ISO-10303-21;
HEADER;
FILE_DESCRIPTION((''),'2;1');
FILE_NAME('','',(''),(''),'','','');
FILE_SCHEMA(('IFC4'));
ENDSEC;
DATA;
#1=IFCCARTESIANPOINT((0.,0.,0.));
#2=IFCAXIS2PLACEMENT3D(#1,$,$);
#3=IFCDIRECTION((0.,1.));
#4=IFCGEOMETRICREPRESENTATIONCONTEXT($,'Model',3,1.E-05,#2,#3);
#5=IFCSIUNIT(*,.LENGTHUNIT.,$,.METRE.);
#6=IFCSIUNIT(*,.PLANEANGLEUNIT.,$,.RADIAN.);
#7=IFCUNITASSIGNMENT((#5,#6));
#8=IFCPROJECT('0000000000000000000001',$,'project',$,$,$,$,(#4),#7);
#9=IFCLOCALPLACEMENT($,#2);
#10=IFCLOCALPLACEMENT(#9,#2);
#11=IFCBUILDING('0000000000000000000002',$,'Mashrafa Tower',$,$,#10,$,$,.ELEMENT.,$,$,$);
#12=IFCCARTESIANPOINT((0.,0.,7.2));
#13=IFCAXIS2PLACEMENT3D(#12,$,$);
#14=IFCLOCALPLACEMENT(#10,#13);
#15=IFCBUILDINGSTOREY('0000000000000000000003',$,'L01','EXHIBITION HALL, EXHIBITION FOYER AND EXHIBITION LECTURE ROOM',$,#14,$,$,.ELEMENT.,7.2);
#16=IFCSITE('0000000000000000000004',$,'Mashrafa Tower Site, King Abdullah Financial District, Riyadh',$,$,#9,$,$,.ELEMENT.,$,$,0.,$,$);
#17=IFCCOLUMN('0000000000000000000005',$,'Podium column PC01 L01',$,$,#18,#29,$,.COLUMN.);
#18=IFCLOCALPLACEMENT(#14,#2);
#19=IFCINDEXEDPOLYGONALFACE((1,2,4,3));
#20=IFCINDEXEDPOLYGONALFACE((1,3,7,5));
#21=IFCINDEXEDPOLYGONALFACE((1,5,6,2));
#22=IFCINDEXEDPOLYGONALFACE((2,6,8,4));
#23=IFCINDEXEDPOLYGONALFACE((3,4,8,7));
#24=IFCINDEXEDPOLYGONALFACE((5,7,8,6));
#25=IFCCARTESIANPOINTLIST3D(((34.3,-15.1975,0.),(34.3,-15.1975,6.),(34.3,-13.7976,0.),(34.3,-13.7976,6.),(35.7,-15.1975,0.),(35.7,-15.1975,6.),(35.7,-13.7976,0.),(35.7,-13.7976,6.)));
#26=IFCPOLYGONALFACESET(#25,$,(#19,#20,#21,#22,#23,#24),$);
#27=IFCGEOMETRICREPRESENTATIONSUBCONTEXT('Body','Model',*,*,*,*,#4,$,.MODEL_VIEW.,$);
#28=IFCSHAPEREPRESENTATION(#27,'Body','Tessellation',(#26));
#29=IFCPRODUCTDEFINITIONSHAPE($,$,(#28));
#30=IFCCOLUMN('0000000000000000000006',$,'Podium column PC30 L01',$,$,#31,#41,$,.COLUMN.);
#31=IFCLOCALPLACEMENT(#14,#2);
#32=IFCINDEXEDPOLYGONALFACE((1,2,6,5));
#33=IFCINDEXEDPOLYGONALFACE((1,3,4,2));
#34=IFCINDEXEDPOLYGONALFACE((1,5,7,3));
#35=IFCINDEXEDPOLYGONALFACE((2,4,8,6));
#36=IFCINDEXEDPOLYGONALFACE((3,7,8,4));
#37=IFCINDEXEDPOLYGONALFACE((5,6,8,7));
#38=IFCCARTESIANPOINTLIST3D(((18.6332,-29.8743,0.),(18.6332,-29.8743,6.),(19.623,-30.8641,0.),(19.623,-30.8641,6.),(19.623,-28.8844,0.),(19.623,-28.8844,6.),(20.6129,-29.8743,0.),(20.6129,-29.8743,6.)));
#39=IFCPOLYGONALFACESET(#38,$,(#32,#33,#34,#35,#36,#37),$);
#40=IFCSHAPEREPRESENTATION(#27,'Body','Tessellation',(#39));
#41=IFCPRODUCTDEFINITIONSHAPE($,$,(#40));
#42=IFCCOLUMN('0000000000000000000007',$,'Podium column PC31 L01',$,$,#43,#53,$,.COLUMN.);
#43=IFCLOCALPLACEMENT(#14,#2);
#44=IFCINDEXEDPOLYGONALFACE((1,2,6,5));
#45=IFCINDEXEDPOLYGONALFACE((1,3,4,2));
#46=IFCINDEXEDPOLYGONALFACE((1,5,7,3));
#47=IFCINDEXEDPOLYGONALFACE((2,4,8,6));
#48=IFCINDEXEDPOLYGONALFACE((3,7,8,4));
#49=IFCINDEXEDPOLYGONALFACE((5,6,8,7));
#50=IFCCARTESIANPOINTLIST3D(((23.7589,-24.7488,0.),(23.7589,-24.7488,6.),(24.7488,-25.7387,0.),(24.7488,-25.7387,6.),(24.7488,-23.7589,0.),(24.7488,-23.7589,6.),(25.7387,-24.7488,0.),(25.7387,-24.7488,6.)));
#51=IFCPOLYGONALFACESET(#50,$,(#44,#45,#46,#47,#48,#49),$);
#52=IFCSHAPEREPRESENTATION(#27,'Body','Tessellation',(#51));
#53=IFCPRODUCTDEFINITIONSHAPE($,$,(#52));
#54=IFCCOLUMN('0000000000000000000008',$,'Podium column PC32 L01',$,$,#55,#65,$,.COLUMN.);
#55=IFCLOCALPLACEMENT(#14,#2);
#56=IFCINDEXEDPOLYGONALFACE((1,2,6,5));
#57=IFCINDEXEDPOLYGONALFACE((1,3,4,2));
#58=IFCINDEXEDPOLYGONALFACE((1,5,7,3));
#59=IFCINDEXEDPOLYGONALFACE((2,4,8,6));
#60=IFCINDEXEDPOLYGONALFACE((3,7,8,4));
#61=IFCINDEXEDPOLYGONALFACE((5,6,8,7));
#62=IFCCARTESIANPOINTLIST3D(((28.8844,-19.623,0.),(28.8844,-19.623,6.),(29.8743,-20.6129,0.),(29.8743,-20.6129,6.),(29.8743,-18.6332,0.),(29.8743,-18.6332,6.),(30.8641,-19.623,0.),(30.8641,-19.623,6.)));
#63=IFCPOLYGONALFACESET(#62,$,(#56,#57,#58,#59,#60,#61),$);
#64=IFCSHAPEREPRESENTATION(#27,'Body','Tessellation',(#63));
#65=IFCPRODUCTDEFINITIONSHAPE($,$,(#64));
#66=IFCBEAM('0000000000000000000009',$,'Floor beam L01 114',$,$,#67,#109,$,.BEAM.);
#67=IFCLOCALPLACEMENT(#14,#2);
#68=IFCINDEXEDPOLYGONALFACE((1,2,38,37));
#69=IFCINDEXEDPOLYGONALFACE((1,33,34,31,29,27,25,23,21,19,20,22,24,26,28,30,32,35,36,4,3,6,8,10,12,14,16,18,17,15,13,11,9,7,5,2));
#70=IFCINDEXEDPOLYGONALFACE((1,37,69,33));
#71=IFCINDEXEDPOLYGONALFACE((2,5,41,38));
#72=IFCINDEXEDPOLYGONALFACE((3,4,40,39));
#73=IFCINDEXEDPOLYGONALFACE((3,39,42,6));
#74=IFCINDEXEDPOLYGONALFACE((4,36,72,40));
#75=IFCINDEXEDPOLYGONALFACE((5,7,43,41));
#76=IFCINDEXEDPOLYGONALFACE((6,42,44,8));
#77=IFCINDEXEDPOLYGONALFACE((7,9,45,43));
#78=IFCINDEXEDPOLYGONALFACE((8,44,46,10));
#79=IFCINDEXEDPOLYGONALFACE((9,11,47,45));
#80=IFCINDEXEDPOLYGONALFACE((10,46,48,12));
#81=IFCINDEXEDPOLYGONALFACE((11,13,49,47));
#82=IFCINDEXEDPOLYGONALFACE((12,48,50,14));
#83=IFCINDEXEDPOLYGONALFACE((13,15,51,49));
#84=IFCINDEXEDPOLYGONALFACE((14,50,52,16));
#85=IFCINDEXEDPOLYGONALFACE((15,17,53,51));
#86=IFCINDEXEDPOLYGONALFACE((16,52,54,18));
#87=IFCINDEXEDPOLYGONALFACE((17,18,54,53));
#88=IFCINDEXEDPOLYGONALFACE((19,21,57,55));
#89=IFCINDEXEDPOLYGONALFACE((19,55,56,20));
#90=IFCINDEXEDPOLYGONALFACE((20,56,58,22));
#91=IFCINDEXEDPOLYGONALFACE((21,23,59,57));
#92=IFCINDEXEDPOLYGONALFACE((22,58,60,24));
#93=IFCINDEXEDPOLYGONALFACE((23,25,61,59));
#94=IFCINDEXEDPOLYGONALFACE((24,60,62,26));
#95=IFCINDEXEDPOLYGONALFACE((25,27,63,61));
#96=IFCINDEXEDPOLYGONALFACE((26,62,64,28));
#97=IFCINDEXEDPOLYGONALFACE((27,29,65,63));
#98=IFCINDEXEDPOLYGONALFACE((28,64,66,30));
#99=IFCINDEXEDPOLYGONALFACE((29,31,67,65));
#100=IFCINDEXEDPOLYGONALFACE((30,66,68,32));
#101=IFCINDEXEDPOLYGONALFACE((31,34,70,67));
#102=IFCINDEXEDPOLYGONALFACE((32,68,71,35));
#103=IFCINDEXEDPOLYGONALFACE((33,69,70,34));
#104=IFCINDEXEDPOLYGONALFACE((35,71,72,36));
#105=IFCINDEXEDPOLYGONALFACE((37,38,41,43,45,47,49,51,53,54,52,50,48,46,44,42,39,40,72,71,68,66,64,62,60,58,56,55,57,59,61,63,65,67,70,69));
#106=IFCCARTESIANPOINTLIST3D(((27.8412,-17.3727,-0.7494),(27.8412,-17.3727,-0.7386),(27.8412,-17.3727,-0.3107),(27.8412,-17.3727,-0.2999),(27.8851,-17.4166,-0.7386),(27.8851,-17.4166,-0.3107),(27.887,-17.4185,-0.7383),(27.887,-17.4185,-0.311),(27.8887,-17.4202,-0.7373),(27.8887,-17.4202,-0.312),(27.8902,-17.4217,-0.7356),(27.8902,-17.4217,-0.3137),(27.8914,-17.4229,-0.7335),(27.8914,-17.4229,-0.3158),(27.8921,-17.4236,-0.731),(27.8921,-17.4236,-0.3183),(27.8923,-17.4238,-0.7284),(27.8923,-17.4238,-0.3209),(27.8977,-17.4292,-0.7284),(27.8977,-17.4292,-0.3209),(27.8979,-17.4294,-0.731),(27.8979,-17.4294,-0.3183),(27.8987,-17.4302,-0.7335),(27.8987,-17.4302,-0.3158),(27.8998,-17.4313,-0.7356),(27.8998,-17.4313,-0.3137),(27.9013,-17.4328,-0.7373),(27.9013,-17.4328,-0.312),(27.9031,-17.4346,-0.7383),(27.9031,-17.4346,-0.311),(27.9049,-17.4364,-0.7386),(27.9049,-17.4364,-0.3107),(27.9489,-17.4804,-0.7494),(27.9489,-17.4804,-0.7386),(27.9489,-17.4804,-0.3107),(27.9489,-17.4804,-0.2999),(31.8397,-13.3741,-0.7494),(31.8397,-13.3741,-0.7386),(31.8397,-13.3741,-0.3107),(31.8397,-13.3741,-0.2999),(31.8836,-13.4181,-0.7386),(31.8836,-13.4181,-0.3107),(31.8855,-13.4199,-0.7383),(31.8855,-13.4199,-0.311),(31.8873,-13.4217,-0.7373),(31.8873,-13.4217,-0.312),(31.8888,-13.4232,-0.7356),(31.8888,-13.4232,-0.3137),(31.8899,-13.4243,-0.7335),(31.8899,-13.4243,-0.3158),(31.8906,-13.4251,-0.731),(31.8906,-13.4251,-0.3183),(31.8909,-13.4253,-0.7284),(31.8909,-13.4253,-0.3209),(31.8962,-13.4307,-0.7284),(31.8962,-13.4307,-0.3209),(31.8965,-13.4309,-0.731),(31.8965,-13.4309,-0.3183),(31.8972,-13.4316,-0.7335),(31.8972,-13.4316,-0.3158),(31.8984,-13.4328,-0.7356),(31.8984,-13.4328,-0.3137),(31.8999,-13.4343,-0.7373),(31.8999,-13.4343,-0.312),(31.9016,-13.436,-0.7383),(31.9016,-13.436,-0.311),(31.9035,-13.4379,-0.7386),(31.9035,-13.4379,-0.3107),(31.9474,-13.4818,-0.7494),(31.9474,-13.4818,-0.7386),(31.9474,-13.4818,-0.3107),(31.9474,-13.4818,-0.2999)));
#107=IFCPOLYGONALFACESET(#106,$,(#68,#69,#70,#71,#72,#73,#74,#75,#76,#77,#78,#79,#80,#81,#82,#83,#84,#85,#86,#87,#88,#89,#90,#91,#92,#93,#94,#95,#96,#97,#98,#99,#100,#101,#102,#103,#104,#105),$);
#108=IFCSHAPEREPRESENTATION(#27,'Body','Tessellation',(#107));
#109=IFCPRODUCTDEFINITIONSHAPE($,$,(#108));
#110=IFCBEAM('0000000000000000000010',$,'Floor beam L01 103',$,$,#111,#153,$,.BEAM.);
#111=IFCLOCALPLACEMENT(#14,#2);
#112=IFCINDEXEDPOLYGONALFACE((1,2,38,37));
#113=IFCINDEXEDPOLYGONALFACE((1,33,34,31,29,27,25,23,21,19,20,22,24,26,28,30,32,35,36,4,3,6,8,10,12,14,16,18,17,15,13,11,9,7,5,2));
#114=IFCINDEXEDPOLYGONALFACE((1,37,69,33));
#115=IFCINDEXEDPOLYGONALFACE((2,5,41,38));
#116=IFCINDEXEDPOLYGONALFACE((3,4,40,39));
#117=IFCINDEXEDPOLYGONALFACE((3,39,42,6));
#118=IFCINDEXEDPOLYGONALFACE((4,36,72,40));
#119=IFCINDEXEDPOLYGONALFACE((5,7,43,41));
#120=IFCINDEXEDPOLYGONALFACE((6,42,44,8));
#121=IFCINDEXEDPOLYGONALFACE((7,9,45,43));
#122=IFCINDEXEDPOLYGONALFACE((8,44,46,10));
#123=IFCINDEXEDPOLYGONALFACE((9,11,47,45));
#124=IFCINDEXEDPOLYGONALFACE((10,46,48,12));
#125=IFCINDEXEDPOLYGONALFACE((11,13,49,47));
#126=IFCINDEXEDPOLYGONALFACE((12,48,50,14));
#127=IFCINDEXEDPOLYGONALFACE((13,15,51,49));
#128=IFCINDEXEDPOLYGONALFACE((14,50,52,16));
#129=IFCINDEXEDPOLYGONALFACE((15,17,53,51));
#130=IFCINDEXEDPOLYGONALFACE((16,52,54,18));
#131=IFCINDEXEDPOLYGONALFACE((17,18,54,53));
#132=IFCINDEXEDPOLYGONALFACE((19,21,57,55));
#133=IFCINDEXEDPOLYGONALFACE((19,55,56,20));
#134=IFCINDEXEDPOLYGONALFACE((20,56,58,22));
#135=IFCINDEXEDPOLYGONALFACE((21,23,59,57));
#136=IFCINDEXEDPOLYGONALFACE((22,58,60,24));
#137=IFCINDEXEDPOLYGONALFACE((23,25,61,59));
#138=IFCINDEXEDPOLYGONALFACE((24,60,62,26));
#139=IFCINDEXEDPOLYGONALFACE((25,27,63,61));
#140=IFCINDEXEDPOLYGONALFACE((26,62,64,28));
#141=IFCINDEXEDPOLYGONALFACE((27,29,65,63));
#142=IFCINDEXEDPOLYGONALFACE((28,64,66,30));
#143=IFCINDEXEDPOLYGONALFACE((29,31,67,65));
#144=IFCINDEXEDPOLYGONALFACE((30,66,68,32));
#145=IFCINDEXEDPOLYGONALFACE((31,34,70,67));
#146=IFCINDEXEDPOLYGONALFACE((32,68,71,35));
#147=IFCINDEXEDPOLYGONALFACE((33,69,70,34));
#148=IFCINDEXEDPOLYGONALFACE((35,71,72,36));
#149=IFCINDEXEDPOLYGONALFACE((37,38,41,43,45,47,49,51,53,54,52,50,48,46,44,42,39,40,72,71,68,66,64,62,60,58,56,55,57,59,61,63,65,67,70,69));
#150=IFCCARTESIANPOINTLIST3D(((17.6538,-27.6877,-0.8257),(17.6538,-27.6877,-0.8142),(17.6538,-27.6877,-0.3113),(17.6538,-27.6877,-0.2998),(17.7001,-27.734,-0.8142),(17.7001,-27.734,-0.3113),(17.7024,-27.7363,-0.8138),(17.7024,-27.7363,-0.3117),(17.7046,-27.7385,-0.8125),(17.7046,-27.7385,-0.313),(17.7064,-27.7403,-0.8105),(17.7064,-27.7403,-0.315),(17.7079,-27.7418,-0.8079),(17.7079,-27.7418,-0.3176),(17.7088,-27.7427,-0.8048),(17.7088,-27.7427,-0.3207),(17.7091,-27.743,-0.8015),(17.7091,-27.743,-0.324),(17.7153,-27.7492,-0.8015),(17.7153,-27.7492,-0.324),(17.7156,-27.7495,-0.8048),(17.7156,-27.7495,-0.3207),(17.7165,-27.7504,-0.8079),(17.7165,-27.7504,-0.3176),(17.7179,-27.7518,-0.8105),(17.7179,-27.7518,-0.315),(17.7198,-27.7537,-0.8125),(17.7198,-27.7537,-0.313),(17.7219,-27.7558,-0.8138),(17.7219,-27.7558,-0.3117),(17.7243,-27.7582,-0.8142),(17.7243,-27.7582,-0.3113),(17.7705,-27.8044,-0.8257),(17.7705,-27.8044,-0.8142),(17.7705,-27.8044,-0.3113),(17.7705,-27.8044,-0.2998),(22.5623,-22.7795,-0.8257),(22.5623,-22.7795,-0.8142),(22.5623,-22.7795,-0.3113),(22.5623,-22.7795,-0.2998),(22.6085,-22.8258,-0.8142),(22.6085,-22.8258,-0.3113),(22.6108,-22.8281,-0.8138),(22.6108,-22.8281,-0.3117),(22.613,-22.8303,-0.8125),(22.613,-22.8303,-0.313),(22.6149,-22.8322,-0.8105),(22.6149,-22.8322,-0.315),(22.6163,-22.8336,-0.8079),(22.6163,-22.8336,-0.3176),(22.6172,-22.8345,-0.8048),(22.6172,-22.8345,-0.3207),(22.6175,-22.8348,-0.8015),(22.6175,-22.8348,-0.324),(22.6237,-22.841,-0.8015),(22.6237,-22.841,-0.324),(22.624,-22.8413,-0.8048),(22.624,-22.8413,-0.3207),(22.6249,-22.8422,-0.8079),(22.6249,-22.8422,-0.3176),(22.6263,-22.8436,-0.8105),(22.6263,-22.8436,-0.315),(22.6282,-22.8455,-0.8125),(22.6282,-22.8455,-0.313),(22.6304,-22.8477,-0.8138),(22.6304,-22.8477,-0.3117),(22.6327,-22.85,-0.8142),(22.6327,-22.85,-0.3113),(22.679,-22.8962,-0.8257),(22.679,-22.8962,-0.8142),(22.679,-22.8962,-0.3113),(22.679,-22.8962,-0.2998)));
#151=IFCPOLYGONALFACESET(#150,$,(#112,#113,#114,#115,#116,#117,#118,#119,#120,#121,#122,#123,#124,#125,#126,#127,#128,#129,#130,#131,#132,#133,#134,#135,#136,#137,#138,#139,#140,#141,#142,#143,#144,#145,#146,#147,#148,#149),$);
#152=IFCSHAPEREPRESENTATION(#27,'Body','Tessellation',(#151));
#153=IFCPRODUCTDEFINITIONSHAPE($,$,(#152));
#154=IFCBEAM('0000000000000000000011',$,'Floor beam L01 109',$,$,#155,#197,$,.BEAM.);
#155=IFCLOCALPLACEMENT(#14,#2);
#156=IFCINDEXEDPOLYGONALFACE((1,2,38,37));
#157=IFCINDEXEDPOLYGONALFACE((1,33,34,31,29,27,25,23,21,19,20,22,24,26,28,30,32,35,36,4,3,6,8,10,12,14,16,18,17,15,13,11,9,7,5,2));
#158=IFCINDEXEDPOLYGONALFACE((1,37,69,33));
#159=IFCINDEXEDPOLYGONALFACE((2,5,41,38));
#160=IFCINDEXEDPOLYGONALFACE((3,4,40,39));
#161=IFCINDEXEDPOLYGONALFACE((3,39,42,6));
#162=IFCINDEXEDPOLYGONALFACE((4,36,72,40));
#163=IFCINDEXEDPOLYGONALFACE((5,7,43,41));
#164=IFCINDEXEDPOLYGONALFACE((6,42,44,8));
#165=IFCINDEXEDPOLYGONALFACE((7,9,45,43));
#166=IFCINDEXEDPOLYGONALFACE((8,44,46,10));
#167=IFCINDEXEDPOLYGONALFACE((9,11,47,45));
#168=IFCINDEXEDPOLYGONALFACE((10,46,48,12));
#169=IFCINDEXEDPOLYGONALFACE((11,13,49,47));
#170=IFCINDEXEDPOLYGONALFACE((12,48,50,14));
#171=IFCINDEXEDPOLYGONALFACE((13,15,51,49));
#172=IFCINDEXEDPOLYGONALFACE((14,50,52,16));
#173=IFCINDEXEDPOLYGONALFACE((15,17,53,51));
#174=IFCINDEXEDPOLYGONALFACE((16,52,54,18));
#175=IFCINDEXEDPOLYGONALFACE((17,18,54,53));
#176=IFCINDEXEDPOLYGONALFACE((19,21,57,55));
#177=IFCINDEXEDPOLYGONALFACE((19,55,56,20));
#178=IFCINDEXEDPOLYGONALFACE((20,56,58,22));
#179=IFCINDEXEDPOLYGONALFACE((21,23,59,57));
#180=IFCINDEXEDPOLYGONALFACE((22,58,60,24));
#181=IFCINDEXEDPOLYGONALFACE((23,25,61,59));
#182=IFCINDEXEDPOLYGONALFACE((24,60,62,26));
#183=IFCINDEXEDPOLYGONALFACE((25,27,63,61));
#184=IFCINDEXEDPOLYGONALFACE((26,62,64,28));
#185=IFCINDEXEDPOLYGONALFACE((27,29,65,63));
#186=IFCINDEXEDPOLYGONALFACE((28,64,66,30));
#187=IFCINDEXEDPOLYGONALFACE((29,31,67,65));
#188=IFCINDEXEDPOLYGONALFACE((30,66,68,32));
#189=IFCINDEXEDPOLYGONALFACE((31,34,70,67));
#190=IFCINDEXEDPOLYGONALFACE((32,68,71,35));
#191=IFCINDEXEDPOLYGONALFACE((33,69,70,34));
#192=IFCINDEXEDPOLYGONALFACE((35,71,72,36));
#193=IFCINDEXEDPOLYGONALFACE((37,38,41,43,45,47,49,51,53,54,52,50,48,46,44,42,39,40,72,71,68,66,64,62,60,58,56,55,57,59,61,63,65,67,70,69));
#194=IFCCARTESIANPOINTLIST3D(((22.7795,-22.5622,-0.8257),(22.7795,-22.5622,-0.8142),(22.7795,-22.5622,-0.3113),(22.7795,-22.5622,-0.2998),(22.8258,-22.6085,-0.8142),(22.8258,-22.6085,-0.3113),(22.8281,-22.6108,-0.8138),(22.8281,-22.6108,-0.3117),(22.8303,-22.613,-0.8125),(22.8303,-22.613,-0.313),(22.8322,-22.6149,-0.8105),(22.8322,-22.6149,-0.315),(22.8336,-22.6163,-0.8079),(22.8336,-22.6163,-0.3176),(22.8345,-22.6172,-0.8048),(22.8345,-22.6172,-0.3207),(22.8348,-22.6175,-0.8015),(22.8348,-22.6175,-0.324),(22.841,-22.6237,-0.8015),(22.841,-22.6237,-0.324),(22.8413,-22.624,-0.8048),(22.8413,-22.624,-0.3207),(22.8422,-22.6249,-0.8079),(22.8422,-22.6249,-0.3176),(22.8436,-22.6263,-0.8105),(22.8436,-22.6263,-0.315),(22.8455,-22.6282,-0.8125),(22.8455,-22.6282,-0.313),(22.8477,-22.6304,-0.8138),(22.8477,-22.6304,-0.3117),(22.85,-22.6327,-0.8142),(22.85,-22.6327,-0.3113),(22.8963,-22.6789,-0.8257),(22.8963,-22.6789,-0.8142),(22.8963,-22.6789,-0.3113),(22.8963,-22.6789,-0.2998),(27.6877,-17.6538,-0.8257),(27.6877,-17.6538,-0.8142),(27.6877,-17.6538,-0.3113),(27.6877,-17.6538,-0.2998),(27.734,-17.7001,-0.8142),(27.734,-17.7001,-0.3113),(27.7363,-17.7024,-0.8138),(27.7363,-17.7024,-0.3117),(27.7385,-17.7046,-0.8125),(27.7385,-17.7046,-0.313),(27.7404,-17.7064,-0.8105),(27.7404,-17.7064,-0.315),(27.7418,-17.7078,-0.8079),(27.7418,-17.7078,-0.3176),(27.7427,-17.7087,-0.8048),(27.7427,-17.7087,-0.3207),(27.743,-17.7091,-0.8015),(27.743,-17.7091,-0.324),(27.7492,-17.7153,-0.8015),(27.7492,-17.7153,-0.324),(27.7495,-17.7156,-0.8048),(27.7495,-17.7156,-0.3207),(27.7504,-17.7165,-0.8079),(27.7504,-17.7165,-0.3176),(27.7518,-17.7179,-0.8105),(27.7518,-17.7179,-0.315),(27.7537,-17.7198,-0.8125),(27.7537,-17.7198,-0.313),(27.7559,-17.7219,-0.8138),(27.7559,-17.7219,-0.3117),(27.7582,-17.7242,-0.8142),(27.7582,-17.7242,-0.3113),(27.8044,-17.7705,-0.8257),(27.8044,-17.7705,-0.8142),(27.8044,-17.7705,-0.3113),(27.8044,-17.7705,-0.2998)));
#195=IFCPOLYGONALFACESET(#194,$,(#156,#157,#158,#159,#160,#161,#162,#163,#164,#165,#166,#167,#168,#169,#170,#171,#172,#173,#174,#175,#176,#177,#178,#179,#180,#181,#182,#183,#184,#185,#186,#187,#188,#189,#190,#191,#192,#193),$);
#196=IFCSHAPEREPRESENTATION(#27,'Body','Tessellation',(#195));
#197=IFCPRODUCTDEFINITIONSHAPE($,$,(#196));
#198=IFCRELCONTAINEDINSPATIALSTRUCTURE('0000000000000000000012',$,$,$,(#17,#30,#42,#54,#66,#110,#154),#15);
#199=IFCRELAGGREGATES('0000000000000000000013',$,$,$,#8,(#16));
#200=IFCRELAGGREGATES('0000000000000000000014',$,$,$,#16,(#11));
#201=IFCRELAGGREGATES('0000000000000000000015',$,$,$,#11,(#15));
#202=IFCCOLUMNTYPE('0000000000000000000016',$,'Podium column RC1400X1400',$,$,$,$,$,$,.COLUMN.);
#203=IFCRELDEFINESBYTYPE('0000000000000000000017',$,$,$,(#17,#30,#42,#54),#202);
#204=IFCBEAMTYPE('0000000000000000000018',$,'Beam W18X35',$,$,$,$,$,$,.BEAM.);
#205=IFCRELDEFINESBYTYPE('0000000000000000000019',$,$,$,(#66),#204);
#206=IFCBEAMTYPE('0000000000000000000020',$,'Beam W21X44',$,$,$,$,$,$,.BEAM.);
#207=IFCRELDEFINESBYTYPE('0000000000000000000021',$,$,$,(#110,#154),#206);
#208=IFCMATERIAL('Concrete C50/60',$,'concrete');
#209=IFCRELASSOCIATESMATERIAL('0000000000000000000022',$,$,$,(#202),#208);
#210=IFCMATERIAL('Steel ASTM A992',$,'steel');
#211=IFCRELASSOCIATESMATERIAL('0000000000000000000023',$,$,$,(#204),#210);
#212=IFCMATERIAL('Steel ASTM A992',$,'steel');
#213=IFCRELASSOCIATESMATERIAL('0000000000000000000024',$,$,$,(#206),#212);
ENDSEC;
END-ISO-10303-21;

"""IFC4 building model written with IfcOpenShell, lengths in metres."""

from ifc_helpers import new_model, si_unit, direction, frame, origin, origin_2d, place, context, subcontext, project, spatial, rectangle, i_section, extrude, material, material_profile, profile_set, type_object, element, save


model = new_model("IFC4")

# Units and contexts
model_context = context("Model", 3, precision=1e-05, world=origin(), true_north=direction((0.0, 1.0)))
body_context = subcontext(model_context, "Body", "Model", "MODEL_VIEW")
ifc_project = project(units=[si_unit("LENGTHUNIT", "METRE"), si_unit("PLANEANGLEUNIT", "RADIAN")], contexts=[model_context])

# Site, building, storey
site_placement = place(None, origin())
site = spatial("IfcSite", under=ifc_project, at=site_placement, Name="Mashrafa Tower Site, King Abdullah Financial District, Riyadh", CompositionType="ELEMENT", RefElevation=0.0)
building_placement = place(site_placement, origin())
building = spatial("IfcBuilding", under=site, at=building_placement, Name="Mashrafa Tower", CompositionType="ELEMENT")
storey_placement = place(building_placement, frame((0.0, 0.0, 7.2)))
storey = spatial("IfcBuildingStorey", under=building, at=storey_placement, Name="L01", Description="EXHIBITION HALL, EXHIBITION FOYER AND EXHIBITION LECTURE ROOM", CompositionType="ELEMENT", Elevation=7.2)

# Columns
ifc_material_1 = material(Name="Concrete C50/60", Category="concrete")
ifc_material_profile_1 = material_profile(ifc_material_1, rectangle(XDim=1.3999, YDim=1.3999, at=origin_2d()), Name="RC1400X1400")
ifc_profile_set_1 = profile_set([ifc_material_profile_1], Name="Concrete C50/60")
column_type = type_object("IfcColumnType", Name="Podium column RC1400X1400", PredefinedType="COLUMN", material=ifc_profile_set_1)
for number, where, z_axis, x_axis, name in (
    (1, (35.0, -14.4976, 0.0), (0.0, 0.0, 1.0), (1.0, 0.0, 0.0), "Podium column PC01 L01"),
    (2, (19.623, -29.8743, 0.0), (0.0, 0.0, 1.0), (0.707107, 0.707107, 0.0), "Podium column PC30 L01"),
    (3, (24.7488, -24.7488, 0.0), (0.0, 0.0, 1.0), (0.707107, 0.707107, 0.0), "Podium column PC31 L01"),
    (4, (29.8743, -19.623, 0.0), (0.0, 0.0, 1.0), (0.707107, 0.707107, 0.0), "Podium column PC32 L01"),
):
    element("IfcColumn", number, at=place(storey_placement, frame(where, z_axis=z_axis, x_axis=x_axis)), inside=storey, type_object=column_type, Name=name, PredefinedType="COLUMN", context=body_context, shape_type="SweptSolid", body=[
        extrude(rectangle(XDim=1.3999, YDim=1.3999, at=origin_2d()), origin(), (0.0, 0.0, 1.0), 6.0),
    ])

# Beams
ifc_material_2 = material(Name="Steel ASTM A992", Category="steel")
ifc_material_profile_2 = material_profile(ifc_material_2, i_section(OverallWidth=0.1523, OverallDepth=0.4495, WebThickness=0.0076, FlangeThickness=0.0107, FilletRadius=0.0103, at=origin_2d()), Name="W18X35")
ifc_profile_set_2 = profile_set([ifc_material_profile_2], Name="Steel ASTM A992")
beam_type_1 = type_object("IfcBeamType", Name="Beam W18X35", PredefinedType="BEAM", material=ifc_profile_set_2)
beam_1_placement = place(storey_placement, frame((31.8936, -13.428, -0.5247), z_axis=(-0.707107, -0.707107, 0.0), x_axis=(0.707107, -0.707107, 0.0)))
element("IfcBeam", 5, at=beam_1_placement, inside=storey, type_object=beam_type_1, Name="Floor beam L01 114", PredefinedType="BEAM", context=body_context, shape_type="SweptSolid", body=[
    extrude(i_section(OverallWidth=0.1523, OverallDepth=0.4495, WebThickness=0.0076, FlangeThickness=0.0107, FilletRadius=0.0103, at=origin_2d()), origin(), (0.0, 0.0, 1.0), 5.6548),
])
ifc_material_3 = material(Name="Steel ASTM A992", Category="steel")
ifc_material_profile_3 = material_profile(ifc_material_3, i_section(OverallWidth=0.165, OverallDepth=0.5259, WebThickness=0.0088, FlangeThickness=0.0115, FilletRadius=0.0127, at=origin_2d()), Name="W21X44")
ifc_profile_set_3 = profile_set([ifc_material_profile_3], Name="Steel ASTM A992")
beam_type_2 = type_object("IfcBeamType", Name="Beam W21X44", PredefinedType="BEAM", material=ifc_profile_set_3)
for number, where, z_axis, x_axis, name in (
    (6, (22.6206, -22.8379, -0.5627), (-0.707124, -0.707089, 0.0), (0.707089, -0.707124, 0.0), "Floor beam L01 103"),
    (7, (27.7461, -17.7122, -0.5627), (-0.707089, -0.707124, 0.0), (0.707124, -0.707089, 0.0), "Floor beam L01 109"),
):
    element("IfcBeam", number, at=place(storey_placement, frame(where, z_axis=z_axis, x_axis=x_axis)), inside=storey, type_object=beam_type_2, Name=name, PredefinedType="BEAM", context=body_context, shape_type="SweptSolid", body=[
        extrude(i_section(OverallWidth=0.165, OverallDepth=0.5259, WebThickness=0.0088, FlangeThickness=0.0115, FilletRadius=0.0127, at=origin_2d()), origin(), (0.0, 0.0, 1.0), 6.9414),
    ])

save(model, "model.ifc")
